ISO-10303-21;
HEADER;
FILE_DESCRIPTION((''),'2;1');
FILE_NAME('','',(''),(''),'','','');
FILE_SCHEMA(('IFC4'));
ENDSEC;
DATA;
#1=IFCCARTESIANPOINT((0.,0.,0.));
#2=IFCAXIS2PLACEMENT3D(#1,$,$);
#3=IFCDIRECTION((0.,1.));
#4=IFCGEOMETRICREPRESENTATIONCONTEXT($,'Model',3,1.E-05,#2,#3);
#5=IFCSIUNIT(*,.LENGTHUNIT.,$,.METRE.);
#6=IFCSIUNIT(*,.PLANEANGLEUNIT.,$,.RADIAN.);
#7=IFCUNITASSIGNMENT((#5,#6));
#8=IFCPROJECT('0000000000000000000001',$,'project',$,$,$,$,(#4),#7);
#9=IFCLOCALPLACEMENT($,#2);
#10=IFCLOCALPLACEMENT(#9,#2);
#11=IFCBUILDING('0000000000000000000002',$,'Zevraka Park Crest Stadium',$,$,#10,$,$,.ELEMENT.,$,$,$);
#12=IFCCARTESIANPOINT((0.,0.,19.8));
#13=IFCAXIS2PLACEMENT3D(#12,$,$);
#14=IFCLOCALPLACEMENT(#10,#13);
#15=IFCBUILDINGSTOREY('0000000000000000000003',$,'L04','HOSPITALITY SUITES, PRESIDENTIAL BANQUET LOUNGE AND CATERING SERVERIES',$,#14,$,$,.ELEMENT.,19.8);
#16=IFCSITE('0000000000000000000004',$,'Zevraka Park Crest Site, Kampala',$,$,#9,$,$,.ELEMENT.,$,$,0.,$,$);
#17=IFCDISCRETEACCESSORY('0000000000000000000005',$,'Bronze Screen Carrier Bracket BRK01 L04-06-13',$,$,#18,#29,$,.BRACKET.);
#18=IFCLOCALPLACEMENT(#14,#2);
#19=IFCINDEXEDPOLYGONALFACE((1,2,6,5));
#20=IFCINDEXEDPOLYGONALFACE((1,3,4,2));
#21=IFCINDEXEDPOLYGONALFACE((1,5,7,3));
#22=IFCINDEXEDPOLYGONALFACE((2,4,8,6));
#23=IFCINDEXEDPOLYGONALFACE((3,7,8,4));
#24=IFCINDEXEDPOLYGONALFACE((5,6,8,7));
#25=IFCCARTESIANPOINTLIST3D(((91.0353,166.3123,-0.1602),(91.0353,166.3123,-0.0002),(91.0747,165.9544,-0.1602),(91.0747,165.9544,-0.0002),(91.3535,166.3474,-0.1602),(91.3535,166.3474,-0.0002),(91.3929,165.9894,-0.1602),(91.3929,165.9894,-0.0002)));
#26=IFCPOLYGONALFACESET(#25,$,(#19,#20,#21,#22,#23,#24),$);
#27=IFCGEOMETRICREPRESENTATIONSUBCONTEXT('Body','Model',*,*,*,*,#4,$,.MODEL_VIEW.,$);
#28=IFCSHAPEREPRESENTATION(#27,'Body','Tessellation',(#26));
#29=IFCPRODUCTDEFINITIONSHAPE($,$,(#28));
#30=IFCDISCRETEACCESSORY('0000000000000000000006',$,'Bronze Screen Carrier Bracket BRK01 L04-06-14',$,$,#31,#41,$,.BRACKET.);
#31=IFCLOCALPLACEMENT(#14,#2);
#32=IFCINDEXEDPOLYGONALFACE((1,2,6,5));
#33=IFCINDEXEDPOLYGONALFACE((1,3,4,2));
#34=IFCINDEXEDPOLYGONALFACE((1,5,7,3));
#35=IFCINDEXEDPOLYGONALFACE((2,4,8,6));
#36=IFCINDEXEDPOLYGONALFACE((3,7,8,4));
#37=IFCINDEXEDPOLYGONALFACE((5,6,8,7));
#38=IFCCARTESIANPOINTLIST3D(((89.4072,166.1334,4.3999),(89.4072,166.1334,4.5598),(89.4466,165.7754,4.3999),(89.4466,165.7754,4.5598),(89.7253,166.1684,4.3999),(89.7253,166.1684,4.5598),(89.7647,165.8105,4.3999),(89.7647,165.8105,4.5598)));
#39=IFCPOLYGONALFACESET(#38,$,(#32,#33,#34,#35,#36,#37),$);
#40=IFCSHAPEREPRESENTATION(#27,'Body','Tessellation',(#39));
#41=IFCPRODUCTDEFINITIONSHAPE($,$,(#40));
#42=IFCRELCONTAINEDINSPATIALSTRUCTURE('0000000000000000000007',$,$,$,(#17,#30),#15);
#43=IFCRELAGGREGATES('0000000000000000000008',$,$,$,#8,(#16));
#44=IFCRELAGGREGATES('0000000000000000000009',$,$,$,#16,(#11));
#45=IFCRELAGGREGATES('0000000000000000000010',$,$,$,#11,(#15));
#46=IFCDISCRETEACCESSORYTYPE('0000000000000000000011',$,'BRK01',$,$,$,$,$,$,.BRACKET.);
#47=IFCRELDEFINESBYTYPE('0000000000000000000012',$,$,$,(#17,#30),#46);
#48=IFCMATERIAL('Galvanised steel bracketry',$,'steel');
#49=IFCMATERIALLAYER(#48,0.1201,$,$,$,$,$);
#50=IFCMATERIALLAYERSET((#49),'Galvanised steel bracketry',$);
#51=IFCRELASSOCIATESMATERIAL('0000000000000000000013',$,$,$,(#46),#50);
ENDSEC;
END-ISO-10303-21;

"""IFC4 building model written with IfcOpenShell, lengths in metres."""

from ifc_helpers import new_model, si_unit, direction, frame, origin, origin_2d, place, context, subcontext, project, spatial, rectangle, extrude, material, layer, layer_set, type_object, element, save


model = new_model("IFC4")

# Units and contexts
model_context = context("Model", 3, precision=1e-05, world=origin(), true_north=direction((0.0, 1.0)))
body_context = subcontext(model_context, "Body", "Model", "MODEL_VIEW")
ifc_project = project(units=[si_unit("LENGTHUNIT", "METRE"), si_unit("PLANEANGLEUNIT", "RADIAN")], contexts=[model_context])

# Site, building, storey
site_placement = place(None, origin())
site = spatial("IfcSite", under=ifc_project, at=site_placement, Name="Zevraka Park Crest Site, Kampala", CompositionType="ELEMENT", RefElevation=0.0)
building_placement = place(site_placement, origin())
building = spatial("IfcBuilding", under=site, at=building_placement, Name="Zevraka Park Crest Stadium", CompositionType="ELEMENT")
storey_placement = place(building_placement, frame((0.0, 0.0, 19.8)))
storey = spatial("IfcBuildingStorey", under=building, at=storey_placement, Name="L04", Description="HOSPITALITY SUITES, PRESIDENTIAL BANQUET LOUNGE AND CATERING SERVERIES", CompositionType="ELEMENT", Elevation=19.8)

# Discrete accessories
ifc_material_1 = material(Name="Galvanised steel bracketry", Category="steel")
ifc_layer_1 = layer(ifc_material_1, 0.1201)
ifc_layer_set_1 = layer_set([ifc_layer_1], Name="Galvanised steel bracketry")
discrete_accessory_type = type_object("IfcDiscreteAccessoryType", Name="BRK01", PredefinedType="BRACKET", material=ifc_layer_set_1)
for number, where, z_axis, x_axis, name in (
    (1, (91.2141, 166.1509, -0.1602), (0.0, 0.0, 1.0), (-0.993999, -0.109387, 0.0), "Bronze Screen Carrier Bracket BRK01 L04-06-13"),
    (2, (89.5859, 165.9719, 4.3999), (0.0, 0.0, 1.0), (-0.993999, -0.109387, 0.0), "Bronze Screen Carrier Bracket BRK01 L04-06-14"),
):
    element("IfcDiscreteAccessory", number, at=place(storey_placement, frame(where, z_axis=z_axis, x_axis=x_axis)), inside=storey, type_object=discrete_accessory_type, Name=name, PredefinedType="BRACKET", context=body_context, shape_type="SweptSolid", body=[
        extrude(rectangle(XDim=0.3201, YDim=0.3601, at=origin_2d()), origin(), (0.0, 0.0, 1.0), 0.1599),
    ])

save(model, "model.ifc")
